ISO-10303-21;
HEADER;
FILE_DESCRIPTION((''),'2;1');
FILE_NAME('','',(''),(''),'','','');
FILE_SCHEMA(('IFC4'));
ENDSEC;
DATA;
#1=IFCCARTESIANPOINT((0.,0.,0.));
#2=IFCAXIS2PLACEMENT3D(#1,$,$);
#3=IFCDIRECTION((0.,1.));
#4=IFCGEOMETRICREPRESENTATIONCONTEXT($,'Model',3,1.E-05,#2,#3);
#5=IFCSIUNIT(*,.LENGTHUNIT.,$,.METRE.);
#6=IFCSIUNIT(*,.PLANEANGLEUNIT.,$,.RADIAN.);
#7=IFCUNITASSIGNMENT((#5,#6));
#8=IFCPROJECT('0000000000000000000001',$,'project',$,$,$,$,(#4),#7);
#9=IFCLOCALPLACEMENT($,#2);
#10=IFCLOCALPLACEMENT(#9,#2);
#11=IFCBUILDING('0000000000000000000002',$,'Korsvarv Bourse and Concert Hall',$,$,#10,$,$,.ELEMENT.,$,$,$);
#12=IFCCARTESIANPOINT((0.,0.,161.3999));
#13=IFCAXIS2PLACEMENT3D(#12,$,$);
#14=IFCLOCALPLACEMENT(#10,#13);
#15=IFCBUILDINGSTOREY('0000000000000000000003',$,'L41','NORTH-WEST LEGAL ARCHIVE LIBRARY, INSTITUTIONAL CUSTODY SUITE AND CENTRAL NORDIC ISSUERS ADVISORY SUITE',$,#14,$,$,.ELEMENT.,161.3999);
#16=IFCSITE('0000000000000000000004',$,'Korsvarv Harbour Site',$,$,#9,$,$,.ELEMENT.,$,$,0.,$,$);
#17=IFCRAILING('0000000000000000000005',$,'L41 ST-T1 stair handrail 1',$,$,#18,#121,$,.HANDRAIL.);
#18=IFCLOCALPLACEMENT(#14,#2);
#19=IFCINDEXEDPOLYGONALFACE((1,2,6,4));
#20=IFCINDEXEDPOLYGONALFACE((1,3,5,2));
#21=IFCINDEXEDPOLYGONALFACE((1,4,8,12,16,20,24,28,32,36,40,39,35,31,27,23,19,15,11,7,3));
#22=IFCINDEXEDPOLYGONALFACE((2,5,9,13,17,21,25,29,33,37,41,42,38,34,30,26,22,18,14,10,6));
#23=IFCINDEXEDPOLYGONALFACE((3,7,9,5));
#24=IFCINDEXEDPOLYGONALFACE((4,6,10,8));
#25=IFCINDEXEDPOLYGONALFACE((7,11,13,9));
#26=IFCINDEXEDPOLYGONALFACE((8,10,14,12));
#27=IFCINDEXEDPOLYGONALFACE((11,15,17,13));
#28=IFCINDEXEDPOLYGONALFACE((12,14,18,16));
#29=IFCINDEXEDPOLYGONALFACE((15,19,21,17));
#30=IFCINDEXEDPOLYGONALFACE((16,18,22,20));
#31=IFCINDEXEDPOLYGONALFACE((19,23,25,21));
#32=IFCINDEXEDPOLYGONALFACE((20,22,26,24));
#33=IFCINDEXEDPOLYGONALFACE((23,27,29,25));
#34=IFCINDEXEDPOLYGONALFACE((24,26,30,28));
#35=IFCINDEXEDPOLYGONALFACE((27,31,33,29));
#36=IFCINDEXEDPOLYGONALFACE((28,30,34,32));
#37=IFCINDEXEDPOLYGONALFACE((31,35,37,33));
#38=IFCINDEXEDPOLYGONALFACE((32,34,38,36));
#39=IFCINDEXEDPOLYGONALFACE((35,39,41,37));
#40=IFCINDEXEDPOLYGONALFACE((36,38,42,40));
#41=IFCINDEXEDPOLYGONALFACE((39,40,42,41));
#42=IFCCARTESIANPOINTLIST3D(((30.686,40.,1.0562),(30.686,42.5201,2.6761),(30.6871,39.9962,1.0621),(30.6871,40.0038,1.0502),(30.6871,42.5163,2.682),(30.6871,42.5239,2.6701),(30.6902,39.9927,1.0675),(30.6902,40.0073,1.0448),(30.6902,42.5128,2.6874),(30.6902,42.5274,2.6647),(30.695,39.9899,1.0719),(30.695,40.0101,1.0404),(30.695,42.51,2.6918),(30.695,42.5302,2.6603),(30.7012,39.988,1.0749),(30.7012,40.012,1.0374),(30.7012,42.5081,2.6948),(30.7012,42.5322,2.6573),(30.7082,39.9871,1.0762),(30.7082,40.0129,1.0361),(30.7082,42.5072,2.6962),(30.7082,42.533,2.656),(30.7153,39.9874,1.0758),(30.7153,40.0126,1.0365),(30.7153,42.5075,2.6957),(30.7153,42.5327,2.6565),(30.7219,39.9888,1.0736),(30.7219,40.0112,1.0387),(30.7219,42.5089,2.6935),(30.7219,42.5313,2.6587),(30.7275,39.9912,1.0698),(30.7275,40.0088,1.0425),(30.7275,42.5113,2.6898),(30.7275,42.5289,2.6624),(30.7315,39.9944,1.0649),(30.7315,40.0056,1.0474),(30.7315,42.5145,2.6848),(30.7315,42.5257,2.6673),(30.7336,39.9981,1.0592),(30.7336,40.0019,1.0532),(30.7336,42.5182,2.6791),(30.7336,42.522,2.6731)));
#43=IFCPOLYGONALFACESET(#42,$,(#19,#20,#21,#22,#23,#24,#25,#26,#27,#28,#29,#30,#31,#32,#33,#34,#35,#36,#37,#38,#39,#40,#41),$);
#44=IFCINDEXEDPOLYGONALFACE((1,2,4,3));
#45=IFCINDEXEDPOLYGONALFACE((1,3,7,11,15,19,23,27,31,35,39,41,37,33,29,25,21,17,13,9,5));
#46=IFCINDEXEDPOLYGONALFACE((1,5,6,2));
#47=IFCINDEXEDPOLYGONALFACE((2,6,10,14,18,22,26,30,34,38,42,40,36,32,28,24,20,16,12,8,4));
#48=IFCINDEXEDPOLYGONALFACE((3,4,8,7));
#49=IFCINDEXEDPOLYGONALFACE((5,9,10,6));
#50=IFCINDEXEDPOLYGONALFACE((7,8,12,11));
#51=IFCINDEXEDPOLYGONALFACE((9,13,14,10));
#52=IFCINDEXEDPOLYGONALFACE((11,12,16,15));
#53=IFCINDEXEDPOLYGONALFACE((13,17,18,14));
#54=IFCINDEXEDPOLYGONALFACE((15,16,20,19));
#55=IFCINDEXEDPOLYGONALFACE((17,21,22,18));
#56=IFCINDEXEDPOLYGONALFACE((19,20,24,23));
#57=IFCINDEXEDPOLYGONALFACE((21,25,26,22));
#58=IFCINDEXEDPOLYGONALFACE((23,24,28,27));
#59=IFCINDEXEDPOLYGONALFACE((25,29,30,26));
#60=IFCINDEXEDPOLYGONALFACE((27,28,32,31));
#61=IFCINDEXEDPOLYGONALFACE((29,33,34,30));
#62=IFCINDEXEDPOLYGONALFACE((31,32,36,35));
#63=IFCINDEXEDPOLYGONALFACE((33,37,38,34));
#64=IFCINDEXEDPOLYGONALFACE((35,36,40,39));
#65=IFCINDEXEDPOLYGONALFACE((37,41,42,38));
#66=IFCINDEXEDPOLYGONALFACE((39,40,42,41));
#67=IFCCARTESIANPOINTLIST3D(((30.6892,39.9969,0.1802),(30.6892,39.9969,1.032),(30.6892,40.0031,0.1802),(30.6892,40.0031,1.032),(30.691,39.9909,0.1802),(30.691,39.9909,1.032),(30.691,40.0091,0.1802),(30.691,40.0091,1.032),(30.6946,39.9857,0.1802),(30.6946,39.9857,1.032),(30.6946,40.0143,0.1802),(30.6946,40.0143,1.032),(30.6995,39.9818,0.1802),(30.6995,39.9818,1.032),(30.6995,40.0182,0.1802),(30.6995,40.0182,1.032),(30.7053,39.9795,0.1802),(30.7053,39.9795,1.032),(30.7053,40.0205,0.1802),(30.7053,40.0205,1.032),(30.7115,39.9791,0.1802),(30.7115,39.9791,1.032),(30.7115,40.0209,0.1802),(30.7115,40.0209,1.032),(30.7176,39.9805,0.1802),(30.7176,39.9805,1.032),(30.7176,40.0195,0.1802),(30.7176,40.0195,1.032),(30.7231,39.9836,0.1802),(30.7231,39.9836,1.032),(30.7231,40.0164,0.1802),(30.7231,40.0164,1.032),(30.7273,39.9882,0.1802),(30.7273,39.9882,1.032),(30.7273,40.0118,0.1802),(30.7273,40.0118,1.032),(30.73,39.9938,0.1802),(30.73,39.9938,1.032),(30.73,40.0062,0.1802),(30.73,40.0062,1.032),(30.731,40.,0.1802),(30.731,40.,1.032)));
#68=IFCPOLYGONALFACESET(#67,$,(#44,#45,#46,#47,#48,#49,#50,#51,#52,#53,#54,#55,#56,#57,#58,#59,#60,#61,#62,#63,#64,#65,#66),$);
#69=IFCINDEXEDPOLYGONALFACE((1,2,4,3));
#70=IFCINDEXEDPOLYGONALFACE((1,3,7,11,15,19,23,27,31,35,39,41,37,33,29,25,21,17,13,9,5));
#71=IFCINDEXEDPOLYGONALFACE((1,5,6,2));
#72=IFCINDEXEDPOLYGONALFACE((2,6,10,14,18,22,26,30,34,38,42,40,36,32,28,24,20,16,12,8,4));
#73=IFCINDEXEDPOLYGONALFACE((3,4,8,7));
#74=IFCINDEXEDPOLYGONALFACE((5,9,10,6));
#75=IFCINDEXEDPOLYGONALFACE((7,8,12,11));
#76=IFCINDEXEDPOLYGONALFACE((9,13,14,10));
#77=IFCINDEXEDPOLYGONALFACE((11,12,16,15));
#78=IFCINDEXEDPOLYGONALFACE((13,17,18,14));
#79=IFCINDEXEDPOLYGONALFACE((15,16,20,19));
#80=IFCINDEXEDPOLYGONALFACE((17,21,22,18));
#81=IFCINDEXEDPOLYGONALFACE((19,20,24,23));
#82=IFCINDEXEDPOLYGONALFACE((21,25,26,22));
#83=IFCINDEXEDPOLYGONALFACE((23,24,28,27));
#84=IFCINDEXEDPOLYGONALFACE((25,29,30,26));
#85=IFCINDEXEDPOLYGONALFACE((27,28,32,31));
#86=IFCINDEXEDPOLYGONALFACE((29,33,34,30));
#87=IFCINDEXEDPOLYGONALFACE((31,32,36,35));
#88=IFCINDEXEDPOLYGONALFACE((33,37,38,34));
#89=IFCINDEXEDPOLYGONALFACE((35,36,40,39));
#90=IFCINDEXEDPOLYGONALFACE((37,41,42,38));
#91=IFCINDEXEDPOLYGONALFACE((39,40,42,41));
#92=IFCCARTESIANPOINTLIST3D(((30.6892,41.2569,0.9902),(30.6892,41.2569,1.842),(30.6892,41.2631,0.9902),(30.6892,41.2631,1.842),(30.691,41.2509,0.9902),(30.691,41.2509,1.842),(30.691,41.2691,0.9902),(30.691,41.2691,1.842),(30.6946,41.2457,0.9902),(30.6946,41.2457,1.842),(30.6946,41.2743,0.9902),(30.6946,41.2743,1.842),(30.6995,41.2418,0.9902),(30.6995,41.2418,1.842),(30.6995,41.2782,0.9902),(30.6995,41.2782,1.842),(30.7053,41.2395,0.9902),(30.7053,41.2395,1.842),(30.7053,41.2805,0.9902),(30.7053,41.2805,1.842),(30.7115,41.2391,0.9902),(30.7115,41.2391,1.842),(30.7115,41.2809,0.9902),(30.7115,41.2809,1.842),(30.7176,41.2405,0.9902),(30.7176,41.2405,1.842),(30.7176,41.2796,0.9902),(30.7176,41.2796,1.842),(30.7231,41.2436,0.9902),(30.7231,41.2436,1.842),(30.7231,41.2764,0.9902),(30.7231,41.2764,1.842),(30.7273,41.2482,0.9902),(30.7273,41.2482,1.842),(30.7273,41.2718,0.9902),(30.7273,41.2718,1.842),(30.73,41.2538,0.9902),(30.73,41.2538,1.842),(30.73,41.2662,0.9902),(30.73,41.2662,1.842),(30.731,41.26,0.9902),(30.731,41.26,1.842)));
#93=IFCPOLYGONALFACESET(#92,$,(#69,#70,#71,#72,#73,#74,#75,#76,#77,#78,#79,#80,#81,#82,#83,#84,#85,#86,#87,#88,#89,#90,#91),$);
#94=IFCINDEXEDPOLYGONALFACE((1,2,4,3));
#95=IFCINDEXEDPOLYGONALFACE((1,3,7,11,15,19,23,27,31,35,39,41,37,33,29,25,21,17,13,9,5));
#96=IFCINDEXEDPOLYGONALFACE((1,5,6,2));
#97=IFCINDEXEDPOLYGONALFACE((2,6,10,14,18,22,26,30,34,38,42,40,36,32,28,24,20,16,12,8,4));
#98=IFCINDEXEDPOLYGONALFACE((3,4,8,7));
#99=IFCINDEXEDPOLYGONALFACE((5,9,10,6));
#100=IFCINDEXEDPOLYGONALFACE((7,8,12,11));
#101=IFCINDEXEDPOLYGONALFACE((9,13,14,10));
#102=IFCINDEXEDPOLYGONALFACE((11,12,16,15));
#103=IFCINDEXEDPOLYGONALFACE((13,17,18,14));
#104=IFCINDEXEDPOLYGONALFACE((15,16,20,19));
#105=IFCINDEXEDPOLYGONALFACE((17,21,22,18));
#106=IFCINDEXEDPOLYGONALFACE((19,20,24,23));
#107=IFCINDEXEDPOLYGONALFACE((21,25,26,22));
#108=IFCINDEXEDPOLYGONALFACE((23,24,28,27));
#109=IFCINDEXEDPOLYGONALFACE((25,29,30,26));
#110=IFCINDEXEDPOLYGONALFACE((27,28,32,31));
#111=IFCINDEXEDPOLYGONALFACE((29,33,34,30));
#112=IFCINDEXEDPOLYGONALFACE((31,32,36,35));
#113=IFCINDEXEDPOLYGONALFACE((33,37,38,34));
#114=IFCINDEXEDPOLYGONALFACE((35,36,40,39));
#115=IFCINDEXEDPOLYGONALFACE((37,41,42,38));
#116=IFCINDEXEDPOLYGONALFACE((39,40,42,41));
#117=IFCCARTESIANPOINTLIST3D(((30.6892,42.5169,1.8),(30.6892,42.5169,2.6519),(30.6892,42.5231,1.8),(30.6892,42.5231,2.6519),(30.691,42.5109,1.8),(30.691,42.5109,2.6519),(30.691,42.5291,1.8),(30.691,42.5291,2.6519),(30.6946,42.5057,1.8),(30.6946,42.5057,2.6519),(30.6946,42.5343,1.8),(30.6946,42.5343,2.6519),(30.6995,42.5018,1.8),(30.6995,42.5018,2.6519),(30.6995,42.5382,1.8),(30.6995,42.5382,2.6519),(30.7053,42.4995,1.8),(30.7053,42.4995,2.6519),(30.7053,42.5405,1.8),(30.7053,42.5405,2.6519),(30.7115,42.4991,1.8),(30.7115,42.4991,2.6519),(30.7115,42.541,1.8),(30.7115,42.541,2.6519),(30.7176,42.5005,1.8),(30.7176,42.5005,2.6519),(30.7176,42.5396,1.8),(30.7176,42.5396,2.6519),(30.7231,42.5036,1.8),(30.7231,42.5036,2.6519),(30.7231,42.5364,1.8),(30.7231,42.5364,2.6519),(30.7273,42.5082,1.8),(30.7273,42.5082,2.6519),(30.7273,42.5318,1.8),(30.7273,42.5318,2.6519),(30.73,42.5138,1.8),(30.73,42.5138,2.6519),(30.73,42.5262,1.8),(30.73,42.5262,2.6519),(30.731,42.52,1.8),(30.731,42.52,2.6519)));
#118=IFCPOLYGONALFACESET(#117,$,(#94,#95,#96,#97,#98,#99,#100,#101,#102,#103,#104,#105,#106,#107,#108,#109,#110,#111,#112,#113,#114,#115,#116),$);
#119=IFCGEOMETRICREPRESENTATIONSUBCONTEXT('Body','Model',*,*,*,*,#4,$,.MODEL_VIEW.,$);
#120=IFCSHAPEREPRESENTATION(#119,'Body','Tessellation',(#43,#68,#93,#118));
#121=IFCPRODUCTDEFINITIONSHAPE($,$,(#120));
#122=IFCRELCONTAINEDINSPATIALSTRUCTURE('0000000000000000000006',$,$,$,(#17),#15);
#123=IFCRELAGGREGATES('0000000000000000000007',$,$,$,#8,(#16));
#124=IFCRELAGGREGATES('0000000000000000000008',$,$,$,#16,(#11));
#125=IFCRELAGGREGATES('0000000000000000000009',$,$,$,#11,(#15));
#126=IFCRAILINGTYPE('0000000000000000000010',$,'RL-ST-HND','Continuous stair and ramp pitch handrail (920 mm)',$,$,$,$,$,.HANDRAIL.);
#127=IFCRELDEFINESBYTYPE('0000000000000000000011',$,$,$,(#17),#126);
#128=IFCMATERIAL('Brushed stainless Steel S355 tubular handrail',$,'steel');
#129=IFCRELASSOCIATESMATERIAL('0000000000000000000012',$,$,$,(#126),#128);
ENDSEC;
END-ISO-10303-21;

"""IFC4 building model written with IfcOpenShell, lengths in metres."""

from ifc_helpers import new_model, si_unit, direction, frame, origin, origin_2d, place, context, subcontext, project, spatial, circle, extrude, material, type_object, element, save


model = new_model("IFC4")

# Units and contexts
model_context = context("Model", 3, precision=1e-05, world=origin(), true_north=direction((0.0, 1.0)))
body_context = subcontext(model_context, "Body", "Model", "MODEL_VIEW")
ifc_project = project(units=[si_unit("LENGTHUNIT", "METRE"), si_unit("PLANEANGLEUNIT", "RADIAN")], contexts=[model_context])

# Site, building, storey
site_placement = place(None, origin())
site = spatial("IfcSite", under=ifc_project, at=site_placement, Name="Korsvarv Harbour Site", CompositionType="ELEMENT", RefElevation=0.0)
building_placement = place(site_placement, origin())
building = spatial("IfcBuilding", under=site, at=building_placement, Name="Korsvarv Bourse and Concert Hall", CompositionType="ELEMENT")
storey_placement = place(building_placement, frame((0.0, 0.0, 161.3999)))
storey = spatial("IfcBuildingStorey", under=building, at=storey_placement, Name="L41", Description="NORTH-WEST LEGAL ARCHIVE LIBRARY, INSTITUTIONAL CUSTODY SUITE AND CENTRAL NORDIC ISSUERS ADVISORY SUITE", CompositionType="ELEMENT", Elevation=161.3999)

# Railing
ifc_material_1 = material(Name="Brushed stainless Steel S355 tubular handrail", Category="steel")
railing_type_1 = type_object("IfcRailingType", Name="RL-ST-HND", Description="Continuous stair and ramp pitch handrail (920 mm)", PredefinedType="HANDRAIL", material=ifc_material_1)
railing_1_placement = place(storey_placement, frame((30.71, 40.0, 0.1802)))
element("IfcRailing", 1, at=railing_1_placement, inside=storey, type_object=railing_type_1, Name="L41 ST-T1 stair handrail 1", PredefinedType="HANDRAIL", context=body_context, shape_type="SweptSolid", body=[
    extrude(circle(Radius=0.0239, at=origin_2d()), frame((0.0, 0.0, 0.876), z_axis=(0.0, 0.8412, 0.540725), x_axis=(-1.0, 0.0, 0.0)), (0.0, 0.0, 1.0), 2.9958),
    extrude(circle(Radius=0.021, at=origin_2d()), origin(), (0.0, 0.0, 1.0), 0.8518),
    extrude(circle(Radius=0.021, at=origin_2d()), frame((0.0, 1.26, 0.8101)), (0.0, 0.0, 1.0), 0.8518),
    extrude(circle(Radius=0.021, at=origin_2d()), frame((0.0, 2.52, 1.6199)), (0.0, 0.0, 1.0), 0.8518),
])

save(model, "model.ifc")
